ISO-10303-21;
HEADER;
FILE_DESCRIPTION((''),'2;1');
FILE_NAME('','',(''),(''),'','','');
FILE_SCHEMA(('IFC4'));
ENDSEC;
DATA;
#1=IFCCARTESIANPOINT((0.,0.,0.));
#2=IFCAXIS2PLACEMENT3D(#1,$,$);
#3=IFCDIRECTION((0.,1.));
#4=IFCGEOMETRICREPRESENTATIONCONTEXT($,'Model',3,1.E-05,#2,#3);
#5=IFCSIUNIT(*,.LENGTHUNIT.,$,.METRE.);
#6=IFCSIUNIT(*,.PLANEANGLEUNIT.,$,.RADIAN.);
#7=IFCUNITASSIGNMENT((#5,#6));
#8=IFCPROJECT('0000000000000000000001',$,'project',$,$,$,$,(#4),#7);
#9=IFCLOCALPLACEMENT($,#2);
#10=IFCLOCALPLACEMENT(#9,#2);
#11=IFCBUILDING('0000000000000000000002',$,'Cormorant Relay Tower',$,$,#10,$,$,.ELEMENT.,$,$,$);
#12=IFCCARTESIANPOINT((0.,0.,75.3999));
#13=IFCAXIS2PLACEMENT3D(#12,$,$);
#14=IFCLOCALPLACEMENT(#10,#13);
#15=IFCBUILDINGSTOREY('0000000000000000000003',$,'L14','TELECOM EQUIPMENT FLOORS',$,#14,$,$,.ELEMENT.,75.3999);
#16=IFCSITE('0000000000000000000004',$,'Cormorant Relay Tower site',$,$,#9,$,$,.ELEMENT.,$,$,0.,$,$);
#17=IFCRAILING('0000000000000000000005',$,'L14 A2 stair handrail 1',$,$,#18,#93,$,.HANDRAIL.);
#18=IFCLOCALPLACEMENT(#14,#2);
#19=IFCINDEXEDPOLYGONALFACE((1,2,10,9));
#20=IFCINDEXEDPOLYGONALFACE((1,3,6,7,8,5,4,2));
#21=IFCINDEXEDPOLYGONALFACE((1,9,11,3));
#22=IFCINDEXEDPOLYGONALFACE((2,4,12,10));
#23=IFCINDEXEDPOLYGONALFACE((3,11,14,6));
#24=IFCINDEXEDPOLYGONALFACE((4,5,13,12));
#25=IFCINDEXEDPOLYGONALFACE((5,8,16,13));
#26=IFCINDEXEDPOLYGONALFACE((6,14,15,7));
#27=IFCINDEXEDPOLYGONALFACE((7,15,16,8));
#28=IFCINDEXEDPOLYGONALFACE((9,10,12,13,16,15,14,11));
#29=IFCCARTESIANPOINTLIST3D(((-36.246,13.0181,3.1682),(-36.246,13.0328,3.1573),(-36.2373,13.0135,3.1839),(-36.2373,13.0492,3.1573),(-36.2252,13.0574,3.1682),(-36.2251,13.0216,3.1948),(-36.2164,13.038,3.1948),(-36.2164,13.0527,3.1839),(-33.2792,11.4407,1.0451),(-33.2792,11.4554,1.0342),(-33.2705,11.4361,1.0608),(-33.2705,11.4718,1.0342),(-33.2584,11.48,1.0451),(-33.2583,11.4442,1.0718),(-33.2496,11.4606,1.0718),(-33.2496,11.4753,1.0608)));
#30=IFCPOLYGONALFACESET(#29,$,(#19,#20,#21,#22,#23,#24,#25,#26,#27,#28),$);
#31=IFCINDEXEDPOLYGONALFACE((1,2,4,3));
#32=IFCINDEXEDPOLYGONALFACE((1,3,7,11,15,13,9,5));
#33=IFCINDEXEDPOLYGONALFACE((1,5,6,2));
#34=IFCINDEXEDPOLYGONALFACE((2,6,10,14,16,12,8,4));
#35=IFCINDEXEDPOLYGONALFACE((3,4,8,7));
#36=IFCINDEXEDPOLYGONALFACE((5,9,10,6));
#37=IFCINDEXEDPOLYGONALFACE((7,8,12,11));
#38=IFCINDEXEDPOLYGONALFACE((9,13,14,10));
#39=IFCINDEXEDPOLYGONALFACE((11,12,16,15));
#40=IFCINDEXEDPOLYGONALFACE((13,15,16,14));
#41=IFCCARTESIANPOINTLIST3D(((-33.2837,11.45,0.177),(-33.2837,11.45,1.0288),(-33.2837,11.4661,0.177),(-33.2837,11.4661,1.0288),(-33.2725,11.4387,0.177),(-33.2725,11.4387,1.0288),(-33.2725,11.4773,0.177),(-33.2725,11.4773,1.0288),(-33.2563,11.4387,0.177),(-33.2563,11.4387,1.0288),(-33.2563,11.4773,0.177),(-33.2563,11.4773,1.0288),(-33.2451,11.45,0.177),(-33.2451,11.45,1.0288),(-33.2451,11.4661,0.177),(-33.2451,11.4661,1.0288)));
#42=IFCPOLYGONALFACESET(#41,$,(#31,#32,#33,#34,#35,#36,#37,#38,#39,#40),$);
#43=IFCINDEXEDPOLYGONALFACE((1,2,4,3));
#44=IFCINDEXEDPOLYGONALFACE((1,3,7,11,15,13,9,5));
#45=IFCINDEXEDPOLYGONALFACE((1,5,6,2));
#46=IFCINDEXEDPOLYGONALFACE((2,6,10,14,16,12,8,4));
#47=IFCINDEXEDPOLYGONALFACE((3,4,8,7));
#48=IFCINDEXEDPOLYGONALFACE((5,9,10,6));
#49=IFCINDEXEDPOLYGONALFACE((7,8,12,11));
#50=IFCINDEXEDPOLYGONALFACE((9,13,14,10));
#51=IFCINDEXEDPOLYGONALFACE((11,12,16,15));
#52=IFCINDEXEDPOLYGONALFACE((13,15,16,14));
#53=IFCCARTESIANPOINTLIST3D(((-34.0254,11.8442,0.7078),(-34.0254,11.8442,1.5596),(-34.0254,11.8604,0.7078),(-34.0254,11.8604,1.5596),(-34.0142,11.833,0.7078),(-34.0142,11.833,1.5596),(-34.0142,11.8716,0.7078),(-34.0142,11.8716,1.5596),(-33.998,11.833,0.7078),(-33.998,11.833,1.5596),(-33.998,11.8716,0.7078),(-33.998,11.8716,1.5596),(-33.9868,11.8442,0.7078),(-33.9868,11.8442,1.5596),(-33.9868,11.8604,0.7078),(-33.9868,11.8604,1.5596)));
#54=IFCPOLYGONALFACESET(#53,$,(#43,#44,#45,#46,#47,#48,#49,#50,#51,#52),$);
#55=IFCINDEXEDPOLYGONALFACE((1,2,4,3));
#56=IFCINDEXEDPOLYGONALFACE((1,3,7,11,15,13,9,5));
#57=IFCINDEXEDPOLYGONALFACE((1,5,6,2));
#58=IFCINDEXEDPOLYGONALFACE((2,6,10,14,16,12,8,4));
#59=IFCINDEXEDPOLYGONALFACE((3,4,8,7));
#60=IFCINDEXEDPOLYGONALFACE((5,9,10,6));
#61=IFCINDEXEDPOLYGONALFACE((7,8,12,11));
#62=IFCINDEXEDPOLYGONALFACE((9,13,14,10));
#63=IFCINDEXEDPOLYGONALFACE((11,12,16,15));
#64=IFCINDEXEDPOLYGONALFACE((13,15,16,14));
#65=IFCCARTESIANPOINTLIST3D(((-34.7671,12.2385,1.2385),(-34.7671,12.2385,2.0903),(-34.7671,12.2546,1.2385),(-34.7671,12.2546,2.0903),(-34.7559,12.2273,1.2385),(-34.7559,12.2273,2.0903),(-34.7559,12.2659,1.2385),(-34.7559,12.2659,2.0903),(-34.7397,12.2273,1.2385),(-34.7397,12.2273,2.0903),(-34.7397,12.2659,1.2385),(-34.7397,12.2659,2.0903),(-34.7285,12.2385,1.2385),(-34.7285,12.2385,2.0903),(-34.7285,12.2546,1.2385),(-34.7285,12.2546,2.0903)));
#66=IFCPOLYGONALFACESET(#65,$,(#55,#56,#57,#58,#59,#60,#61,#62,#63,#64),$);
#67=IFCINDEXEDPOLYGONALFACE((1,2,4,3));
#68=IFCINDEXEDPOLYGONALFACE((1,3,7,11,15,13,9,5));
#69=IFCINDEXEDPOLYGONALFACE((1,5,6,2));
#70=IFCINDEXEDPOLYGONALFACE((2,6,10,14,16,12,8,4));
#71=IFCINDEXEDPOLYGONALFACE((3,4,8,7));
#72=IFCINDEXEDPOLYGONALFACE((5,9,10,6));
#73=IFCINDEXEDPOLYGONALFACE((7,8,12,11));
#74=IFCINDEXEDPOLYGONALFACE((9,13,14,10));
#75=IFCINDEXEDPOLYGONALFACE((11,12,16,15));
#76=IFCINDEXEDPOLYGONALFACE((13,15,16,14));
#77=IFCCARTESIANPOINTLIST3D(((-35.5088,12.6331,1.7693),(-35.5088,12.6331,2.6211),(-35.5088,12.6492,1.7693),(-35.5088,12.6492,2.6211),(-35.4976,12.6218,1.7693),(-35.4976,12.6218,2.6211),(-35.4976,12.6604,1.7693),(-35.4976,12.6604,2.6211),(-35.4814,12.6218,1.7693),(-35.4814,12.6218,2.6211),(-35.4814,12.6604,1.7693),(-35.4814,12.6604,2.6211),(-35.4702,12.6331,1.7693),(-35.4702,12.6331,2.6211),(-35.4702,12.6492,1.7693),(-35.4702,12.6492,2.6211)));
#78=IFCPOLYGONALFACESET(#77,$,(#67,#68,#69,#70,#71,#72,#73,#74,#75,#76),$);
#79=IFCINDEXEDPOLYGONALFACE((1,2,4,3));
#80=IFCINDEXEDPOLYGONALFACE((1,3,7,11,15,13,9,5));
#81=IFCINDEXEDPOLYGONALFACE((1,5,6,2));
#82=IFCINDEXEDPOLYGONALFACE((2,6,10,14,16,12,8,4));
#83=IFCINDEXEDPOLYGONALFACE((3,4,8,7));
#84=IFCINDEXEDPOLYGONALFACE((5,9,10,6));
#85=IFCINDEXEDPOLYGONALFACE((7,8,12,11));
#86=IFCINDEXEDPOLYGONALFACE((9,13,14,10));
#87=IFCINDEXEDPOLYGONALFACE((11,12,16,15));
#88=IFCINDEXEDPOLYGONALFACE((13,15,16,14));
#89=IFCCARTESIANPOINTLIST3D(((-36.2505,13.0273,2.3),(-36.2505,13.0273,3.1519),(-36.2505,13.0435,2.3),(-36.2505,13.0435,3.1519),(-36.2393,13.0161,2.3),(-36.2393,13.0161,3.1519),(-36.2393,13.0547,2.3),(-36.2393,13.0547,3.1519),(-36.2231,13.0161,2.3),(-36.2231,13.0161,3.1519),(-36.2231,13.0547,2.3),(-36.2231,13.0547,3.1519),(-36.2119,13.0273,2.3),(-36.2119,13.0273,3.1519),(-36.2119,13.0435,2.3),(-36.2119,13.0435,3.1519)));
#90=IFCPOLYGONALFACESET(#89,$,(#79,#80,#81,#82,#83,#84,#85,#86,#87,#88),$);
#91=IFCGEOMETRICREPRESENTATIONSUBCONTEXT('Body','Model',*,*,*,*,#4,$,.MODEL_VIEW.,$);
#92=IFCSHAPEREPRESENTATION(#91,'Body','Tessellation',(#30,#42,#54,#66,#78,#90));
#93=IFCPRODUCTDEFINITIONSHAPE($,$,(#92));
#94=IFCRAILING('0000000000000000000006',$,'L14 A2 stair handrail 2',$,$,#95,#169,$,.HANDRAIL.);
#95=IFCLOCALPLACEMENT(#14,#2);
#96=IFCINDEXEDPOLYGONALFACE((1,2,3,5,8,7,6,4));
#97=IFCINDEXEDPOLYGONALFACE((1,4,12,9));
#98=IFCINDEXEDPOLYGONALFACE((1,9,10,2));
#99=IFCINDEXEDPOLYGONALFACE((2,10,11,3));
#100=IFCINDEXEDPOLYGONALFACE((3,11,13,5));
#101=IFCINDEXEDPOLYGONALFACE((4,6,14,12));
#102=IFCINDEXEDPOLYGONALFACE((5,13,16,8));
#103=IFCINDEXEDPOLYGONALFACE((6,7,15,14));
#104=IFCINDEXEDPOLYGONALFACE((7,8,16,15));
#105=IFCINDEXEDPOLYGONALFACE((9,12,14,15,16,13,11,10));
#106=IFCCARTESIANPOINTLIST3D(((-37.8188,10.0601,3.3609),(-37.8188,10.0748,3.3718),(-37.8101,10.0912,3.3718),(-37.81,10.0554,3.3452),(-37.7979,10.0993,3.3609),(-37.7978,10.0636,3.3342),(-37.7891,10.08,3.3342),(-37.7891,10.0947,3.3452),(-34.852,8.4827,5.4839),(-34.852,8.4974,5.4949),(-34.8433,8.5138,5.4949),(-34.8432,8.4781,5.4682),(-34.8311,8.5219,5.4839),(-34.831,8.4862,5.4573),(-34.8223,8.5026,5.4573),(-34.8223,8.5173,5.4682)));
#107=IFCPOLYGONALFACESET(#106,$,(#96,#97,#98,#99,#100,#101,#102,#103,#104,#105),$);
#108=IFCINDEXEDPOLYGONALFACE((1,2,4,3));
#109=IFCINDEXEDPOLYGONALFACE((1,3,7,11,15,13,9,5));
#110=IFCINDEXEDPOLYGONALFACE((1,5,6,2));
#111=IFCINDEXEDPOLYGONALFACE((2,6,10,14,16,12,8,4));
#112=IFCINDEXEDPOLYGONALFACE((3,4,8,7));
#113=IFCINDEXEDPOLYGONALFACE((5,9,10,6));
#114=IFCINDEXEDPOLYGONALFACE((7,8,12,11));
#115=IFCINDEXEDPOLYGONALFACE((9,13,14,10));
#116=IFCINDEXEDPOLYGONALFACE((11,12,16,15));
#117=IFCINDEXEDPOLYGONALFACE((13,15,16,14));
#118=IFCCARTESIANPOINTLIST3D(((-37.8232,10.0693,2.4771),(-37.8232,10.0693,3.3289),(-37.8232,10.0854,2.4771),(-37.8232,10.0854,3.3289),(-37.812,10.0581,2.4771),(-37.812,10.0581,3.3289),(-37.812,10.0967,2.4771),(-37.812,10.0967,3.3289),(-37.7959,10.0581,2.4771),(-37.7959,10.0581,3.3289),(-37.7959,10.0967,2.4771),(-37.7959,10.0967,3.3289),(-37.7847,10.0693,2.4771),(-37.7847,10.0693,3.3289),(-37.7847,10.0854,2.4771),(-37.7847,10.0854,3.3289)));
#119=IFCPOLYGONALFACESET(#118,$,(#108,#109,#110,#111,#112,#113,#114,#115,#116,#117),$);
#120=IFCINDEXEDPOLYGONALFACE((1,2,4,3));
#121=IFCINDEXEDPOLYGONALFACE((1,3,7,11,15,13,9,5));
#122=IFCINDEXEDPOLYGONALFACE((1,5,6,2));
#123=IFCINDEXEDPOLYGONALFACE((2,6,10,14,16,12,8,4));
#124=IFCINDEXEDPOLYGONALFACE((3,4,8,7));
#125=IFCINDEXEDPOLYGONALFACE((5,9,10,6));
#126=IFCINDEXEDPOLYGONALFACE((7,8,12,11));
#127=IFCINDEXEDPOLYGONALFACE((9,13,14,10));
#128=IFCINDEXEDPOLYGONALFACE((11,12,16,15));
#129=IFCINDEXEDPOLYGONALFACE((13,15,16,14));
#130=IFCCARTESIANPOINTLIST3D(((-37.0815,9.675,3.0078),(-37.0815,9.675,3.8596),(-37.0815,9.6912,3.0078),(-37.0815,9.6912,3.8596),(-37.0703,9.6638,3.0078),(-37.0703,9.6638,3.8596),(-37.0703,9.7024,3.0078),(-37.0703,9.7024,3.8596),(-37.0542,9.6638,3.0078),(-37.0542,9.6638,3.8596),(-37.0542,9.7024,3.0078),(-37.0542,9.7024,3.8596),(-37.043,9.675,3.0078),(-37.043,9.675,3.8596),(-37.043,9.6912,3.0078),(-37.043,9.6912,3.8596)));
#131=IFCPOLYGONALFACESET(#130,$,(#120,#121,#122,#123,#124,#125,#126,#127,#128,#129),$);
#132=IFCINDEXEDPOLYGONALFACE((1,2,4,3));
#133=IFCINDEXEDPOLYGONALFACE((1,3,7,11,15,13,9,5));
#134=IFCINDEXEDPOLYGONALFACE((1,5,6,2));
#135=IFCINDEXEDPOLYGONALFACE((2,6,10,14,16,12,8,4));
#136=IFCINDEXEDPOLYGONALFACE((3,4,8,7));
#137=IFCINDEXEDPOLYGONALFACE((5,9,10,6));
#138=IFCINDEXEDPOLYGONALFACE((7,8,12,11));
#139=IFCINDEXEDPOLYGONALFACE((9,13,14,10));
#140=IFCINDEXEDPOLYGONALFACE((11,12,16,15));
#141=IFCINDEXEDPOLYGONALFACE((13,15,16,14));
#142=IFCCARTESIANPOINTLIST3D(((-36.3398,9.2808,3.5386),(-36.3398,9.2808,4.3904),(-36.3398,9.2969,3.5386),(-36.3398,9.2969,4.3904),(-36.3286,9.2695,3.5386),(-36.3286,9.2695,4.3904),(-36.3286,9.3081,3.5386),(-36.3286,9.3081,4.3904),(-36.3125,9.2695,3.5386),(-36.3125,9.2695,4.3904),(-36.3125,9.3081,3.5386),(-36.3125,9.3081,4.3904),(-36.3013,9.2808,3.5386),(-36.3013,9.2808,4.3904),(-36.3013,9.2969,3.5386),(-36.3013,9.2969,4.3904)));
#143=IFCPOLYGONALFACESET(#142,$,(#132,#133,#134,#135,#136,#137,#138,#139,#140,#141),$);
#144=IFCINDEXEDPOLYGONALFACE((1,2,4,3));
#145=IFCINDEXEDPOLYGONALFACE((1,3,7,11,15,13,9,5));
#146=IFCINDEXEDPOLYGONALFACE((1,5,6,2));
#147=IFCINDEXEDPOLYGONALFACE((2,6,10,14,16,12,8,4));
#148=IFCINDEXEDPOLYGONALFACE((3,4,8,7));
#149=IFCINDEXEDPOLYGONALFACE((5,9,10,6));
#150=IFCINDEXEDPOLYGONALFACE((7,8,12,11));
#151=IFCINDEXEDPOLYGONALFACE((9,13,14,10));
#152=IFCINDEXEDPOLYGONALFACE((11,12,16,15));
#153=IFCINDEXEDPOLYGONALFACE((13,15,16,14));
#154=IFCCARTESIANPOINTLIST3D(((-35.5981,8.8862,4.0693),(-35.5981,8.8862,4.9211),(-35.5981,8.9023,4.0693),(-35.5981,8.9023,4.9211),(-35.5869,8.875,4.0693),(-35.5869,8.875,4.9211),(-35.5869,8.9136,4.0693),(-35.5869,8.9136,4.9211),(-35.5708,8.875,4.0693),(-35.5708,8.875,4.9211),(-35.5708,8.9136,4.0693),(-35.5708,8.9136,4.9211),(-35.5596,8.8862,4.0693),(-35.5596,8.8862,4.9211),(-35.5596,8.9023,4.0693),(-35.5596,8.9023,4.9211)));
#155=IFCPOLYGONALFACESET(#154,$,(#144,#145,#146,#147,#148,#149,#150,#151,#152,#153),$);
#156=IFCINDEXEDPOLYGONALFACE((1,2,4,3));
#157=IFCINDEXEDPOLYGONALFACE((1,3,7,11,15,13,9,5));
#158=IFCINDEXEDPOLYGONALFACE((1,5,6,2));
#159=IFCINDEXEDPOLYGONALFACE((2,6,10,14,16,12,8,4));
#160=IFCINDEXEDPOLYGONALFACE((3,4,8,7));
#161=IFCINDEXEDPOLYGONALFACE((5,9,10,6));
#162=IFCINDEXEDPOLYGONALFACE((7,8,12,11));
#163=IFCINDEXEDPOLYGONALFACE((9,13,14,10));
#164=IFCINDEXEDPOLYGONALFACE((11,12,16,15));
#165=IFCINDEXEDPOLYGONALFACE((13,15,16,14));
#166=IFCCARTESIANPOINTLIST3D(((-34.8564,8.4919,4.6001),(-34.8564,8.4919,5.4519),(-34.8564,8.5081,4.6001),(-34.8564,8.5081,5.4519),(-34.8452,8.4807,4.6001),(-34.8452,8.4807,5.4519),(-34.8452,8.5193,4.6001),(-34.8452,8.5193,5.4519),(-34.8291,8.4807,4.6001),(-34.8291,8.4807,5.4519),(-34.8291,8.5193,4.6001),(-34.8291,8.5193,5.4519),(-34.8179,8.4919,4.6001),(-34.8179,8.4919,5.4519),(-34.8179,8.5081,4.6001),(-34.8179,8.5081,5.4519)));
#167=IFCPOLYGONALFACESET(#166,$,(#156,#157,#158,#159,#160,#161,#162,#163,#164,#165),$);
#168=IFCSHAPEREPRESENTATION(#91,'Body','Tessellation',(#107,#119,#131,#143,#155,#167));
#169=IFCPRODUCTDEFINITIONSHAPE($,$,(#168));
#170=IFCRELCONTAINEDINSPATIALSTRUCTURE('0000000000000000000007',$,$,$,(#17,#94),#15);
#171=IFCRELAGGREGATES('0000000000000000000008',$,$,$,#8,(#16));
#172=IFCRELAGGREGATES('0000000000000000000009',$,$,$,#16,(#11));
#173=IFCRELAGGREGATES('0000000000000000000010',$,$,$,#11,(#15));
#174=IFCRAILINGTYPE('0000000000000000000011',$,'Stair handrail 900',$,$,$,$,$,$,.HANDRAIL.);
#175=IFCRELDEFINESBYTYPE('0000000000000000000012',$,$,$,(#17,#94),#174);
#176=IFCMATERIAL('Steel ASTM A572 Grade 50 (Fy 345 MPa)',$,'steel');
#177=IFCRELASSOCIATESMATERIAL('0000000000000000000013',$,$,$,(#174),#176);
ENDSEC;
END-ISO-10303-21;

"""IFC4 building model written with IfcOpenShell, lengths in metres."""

from ifc_helpers import new_model, si_unit, direction, frame, origin, place, context, subcontext, project, spatial, polyline, outline, extrude, material, type_object, element, save


model = new_model("IFC4")

# Units and contexts
model_context = context("Model", 3, precision=1e-05, world=origin(), true_north=direction((0.0, 1.0)))
body_context = subcontext(model_context, "Body", "Model", "MODEL_VIEW")
ifc_project = project(units=[si_unit("LENGTHUNIT", "METRE"), si_unit("PLANEANGLEUNIT", "RADIAN")], contexts=[model_context])

# Site, building, storey
site_placement = place(None, origin())
site = spatial("IfcSite", under=ifc_project, at=site_placement, Name="Cormorant Relay Tower site", CompositionType="ELEMENT", RefElevation=0.0)
building_placement = place(site_placement, origin())
building = spatial("IfcBuilding", under=site, at=building_placement, Name="Cormorant Relay Tower", CompositionType="ELEMENT")
storey_placement = place(building_placement, frame((0.0, 0.0, 75.3999)))
storey = spatial("IfcBuildingStorey", under=building, at=storey_placement, Name="L14", Description="TELECOM EQUIPMENT FLOORS", CompositionType="ELEMENT", Elevation=75.3999)

# Railings
ifc_material_1 = material(Name="Steel ASTM A572 Grade 50 (Fy 345 MPa)", Category="steel")
railing_type_1 = type_object("IfcRailingType", Name="Stair handrail 900", PredefinedType="HANDRAIL", material=ifc_material_1)
railing_1_placement = place(storey_placement, frame((-33.2644, 11.458, 0.177)))
element("IfcRailing", 1, at=railing_1_placement, inside=storey, type_object=railing_type_1, Name="L14 A2 stair handrail 1", PredefinedType="HANDRAIL", context=body_context, shape_type="SweptSolid", body=[
    extrude(outline(polyline([(0.0222, 0.0093), (0.0093, 0.0222), (-0.0093, 0.0222), (-0.0222, 0.0093), (-0.0222, -0.0093), (-0.0093, -0.0222), (0.0093, -0.0222), (0.0222, -0.0093), (0.0222, 0.0093)])), frame((0.0, 0.0, 0.876), z_axis=(-0.746441, 0.396869, 0.534155), x_axis=(-0.469453, -0.882958, 0.0)), (0.0, 0.0, 1.0), 3.9746),
    extrude(outline(polyline([(0.0193, 0.0081), (0.0081, 0.0193), (-0.0081, 0.0193), (-0.0193, 0.0081), (-0.0193, -0.0081), (-0.0081, -0.0193), (0.0081, -0.0193), (0.0193, -0.0081), (0.0193, 0.0081)])), origin(), (0.0, 0.0, 1.0), 0.8518),
    extrude(outline(polyline([(0.0193, 0.0081), (0.0081, 0.0193), (-0.0081, 0.0193), (-0.0193, 0.0081), (-0.0193, -0.0081), (-0.0081, -0.0193), (0.0081, -0.0193), (0.0193, -0.0081), (0.0193, 0.0081)])), frame((-0.7417, 0.3943, 0.5308)), (0.0, 0.0, 1.0), 0.8518),
    extrude(outline(polyline([(0.0193, 0.0081), (0.0081, 0.0193), (-0.0081, 0.0193), (-0.0193, 0.0081), (-0.0193, -0.0081), (-0.0081, -0.0193), (0.0081, -0.0193), (0.0193, -0.0081), (0.0193, 0.0081)])), frame((-1.4834, 0.7886, 1.0615)), (0.0, 0.0, 1.0), 0.8518),
    extrude(outline(polyline([(0.0193, 0.0081), (0.0081, 0.0193), (-0.0081, 0.0193), (-0.0193, 0.0081), (-0.0193, -0.0081), (-0.0081, -0.0193), (0.0081, -0.0193), (0.0193, -0.0081), (0.0193, 0.0081)])), frame((-2.2251, 1.1831, 1.5923)), (0.0, 0.0, 1.0), 0.8518),
    extrude(outline(polyline([(0.0193, 0.0081), (0.0081, 0.0193), (-0.0081, 0.0193), (-0.0193, 0.0081), (-0.0193, -0.0081), (-0.0081, -0.0193), (0.0081, -0.0193), (0.0193, -0.0081), (0.0193, 0.0081)])), frame((-2.9668, 1.5774, 2.123)), (0.0, 0.0, 1.0), 0.8518),
])
railing_2_placement = place(storey_placement, frame((-37.804, 10.0774, 2.4771)))
element("IfcRailing", 2, at=railing_2_placement, inside=storey, type_object=railing_type_1, Name="L14 A2 stair handrail 2", PredefinedType="HANDRAIL", context=body_context, shape_type="SweptSolid", body=[
    extrude(outline(polyline([(0.0222, 0.0093), (0.0093, 0.0222), (-0.0093, 0.0222), (-0.0222, 0.0093), (-0.0222, -0.0093), (-0.0093, -0.0222), (0.0093, -0.0222), (0.0222, -0.0093), (0.0222, 0.0093)])), frame((0.0, 0.0, 0.876), z_axis=(0.746441, -0.396869, 0.534155), x_axis=(0.469453, 0.882958, 0.0)), (0.0, 0.0, 1.0), 3.9746),
    extrude(outline(polyline([(0.0193, 0.0081), (0.0081, 0.0193), (-0.0081, 0.0193), (-0.0193, 0.0081), (-0.0193, -0.0081), (-0.0081, -0.0193), (0.0081, -0.0193), (0.0193, -0.0081), (0.0193, 0.0081)])), origin(), (0.0, 0.0, 1.0), 0.8518),
    extrude(outline(polyline([(0.0193, 0.0081), (0.0081, 0.0193), (-0.0081, 0.0193), (-0.0193, 0.0081), (-0.0193, -0.0081), (-0.0081, -0.0193), (0.0081, -0.0193), (0.0193, -0.0081), (0.0193, 0.0081)])), frame((0.7417, -0.3943, 0.5308)), (0.0, 0.0, 1.0), 0.8518),
    extrude(outline(polyline([(0.0193, 0.0081), (0.0081, 0.0193), (-0.0081, 0.0193), (-0.0193, 0.0081), (-0.0193, -0.0081), (-0.0081, -0.0193), (0.0081, -0.0193), (0.0193, -0.0081), (0.0193, 0.0081)])), frame((1.4834, -0.7886, 1.0615)), (0.0, 0.0, 1.0), 0.8518),
    extrude(outline(polyline([(0.0193, 0.0081), (0.0081, 0.0193), (-0.0081, 0.0193), (-0.0193, 0.0081), (-0.0193, -0.0081), (-0.0081, -0.0193), (0.0081, -0.0193), (0.0193, -0.0081), (0.0193, 0.0081)])), frame((2.2251, -1.1831, 1.5923)), (0.0, 0.0, 1.0), 0.8518),
    extrude(outline(polyline([(0.0193, 0.0081), (0.0081, 0.0193), (-0.0081, 0.0193), (-0.0193, 0.0081), (-0.0193, -0.0081), (-0.0081, -0.0193), (0.0081, -0.0193), (0.0193, -0.0081), (0.0193, 0.0081)])), frame((2.9668, -1.5774, 2.123)), (0.0, 0.0, 1.0), 0.8518),
])

save(model, "model.ifc")
